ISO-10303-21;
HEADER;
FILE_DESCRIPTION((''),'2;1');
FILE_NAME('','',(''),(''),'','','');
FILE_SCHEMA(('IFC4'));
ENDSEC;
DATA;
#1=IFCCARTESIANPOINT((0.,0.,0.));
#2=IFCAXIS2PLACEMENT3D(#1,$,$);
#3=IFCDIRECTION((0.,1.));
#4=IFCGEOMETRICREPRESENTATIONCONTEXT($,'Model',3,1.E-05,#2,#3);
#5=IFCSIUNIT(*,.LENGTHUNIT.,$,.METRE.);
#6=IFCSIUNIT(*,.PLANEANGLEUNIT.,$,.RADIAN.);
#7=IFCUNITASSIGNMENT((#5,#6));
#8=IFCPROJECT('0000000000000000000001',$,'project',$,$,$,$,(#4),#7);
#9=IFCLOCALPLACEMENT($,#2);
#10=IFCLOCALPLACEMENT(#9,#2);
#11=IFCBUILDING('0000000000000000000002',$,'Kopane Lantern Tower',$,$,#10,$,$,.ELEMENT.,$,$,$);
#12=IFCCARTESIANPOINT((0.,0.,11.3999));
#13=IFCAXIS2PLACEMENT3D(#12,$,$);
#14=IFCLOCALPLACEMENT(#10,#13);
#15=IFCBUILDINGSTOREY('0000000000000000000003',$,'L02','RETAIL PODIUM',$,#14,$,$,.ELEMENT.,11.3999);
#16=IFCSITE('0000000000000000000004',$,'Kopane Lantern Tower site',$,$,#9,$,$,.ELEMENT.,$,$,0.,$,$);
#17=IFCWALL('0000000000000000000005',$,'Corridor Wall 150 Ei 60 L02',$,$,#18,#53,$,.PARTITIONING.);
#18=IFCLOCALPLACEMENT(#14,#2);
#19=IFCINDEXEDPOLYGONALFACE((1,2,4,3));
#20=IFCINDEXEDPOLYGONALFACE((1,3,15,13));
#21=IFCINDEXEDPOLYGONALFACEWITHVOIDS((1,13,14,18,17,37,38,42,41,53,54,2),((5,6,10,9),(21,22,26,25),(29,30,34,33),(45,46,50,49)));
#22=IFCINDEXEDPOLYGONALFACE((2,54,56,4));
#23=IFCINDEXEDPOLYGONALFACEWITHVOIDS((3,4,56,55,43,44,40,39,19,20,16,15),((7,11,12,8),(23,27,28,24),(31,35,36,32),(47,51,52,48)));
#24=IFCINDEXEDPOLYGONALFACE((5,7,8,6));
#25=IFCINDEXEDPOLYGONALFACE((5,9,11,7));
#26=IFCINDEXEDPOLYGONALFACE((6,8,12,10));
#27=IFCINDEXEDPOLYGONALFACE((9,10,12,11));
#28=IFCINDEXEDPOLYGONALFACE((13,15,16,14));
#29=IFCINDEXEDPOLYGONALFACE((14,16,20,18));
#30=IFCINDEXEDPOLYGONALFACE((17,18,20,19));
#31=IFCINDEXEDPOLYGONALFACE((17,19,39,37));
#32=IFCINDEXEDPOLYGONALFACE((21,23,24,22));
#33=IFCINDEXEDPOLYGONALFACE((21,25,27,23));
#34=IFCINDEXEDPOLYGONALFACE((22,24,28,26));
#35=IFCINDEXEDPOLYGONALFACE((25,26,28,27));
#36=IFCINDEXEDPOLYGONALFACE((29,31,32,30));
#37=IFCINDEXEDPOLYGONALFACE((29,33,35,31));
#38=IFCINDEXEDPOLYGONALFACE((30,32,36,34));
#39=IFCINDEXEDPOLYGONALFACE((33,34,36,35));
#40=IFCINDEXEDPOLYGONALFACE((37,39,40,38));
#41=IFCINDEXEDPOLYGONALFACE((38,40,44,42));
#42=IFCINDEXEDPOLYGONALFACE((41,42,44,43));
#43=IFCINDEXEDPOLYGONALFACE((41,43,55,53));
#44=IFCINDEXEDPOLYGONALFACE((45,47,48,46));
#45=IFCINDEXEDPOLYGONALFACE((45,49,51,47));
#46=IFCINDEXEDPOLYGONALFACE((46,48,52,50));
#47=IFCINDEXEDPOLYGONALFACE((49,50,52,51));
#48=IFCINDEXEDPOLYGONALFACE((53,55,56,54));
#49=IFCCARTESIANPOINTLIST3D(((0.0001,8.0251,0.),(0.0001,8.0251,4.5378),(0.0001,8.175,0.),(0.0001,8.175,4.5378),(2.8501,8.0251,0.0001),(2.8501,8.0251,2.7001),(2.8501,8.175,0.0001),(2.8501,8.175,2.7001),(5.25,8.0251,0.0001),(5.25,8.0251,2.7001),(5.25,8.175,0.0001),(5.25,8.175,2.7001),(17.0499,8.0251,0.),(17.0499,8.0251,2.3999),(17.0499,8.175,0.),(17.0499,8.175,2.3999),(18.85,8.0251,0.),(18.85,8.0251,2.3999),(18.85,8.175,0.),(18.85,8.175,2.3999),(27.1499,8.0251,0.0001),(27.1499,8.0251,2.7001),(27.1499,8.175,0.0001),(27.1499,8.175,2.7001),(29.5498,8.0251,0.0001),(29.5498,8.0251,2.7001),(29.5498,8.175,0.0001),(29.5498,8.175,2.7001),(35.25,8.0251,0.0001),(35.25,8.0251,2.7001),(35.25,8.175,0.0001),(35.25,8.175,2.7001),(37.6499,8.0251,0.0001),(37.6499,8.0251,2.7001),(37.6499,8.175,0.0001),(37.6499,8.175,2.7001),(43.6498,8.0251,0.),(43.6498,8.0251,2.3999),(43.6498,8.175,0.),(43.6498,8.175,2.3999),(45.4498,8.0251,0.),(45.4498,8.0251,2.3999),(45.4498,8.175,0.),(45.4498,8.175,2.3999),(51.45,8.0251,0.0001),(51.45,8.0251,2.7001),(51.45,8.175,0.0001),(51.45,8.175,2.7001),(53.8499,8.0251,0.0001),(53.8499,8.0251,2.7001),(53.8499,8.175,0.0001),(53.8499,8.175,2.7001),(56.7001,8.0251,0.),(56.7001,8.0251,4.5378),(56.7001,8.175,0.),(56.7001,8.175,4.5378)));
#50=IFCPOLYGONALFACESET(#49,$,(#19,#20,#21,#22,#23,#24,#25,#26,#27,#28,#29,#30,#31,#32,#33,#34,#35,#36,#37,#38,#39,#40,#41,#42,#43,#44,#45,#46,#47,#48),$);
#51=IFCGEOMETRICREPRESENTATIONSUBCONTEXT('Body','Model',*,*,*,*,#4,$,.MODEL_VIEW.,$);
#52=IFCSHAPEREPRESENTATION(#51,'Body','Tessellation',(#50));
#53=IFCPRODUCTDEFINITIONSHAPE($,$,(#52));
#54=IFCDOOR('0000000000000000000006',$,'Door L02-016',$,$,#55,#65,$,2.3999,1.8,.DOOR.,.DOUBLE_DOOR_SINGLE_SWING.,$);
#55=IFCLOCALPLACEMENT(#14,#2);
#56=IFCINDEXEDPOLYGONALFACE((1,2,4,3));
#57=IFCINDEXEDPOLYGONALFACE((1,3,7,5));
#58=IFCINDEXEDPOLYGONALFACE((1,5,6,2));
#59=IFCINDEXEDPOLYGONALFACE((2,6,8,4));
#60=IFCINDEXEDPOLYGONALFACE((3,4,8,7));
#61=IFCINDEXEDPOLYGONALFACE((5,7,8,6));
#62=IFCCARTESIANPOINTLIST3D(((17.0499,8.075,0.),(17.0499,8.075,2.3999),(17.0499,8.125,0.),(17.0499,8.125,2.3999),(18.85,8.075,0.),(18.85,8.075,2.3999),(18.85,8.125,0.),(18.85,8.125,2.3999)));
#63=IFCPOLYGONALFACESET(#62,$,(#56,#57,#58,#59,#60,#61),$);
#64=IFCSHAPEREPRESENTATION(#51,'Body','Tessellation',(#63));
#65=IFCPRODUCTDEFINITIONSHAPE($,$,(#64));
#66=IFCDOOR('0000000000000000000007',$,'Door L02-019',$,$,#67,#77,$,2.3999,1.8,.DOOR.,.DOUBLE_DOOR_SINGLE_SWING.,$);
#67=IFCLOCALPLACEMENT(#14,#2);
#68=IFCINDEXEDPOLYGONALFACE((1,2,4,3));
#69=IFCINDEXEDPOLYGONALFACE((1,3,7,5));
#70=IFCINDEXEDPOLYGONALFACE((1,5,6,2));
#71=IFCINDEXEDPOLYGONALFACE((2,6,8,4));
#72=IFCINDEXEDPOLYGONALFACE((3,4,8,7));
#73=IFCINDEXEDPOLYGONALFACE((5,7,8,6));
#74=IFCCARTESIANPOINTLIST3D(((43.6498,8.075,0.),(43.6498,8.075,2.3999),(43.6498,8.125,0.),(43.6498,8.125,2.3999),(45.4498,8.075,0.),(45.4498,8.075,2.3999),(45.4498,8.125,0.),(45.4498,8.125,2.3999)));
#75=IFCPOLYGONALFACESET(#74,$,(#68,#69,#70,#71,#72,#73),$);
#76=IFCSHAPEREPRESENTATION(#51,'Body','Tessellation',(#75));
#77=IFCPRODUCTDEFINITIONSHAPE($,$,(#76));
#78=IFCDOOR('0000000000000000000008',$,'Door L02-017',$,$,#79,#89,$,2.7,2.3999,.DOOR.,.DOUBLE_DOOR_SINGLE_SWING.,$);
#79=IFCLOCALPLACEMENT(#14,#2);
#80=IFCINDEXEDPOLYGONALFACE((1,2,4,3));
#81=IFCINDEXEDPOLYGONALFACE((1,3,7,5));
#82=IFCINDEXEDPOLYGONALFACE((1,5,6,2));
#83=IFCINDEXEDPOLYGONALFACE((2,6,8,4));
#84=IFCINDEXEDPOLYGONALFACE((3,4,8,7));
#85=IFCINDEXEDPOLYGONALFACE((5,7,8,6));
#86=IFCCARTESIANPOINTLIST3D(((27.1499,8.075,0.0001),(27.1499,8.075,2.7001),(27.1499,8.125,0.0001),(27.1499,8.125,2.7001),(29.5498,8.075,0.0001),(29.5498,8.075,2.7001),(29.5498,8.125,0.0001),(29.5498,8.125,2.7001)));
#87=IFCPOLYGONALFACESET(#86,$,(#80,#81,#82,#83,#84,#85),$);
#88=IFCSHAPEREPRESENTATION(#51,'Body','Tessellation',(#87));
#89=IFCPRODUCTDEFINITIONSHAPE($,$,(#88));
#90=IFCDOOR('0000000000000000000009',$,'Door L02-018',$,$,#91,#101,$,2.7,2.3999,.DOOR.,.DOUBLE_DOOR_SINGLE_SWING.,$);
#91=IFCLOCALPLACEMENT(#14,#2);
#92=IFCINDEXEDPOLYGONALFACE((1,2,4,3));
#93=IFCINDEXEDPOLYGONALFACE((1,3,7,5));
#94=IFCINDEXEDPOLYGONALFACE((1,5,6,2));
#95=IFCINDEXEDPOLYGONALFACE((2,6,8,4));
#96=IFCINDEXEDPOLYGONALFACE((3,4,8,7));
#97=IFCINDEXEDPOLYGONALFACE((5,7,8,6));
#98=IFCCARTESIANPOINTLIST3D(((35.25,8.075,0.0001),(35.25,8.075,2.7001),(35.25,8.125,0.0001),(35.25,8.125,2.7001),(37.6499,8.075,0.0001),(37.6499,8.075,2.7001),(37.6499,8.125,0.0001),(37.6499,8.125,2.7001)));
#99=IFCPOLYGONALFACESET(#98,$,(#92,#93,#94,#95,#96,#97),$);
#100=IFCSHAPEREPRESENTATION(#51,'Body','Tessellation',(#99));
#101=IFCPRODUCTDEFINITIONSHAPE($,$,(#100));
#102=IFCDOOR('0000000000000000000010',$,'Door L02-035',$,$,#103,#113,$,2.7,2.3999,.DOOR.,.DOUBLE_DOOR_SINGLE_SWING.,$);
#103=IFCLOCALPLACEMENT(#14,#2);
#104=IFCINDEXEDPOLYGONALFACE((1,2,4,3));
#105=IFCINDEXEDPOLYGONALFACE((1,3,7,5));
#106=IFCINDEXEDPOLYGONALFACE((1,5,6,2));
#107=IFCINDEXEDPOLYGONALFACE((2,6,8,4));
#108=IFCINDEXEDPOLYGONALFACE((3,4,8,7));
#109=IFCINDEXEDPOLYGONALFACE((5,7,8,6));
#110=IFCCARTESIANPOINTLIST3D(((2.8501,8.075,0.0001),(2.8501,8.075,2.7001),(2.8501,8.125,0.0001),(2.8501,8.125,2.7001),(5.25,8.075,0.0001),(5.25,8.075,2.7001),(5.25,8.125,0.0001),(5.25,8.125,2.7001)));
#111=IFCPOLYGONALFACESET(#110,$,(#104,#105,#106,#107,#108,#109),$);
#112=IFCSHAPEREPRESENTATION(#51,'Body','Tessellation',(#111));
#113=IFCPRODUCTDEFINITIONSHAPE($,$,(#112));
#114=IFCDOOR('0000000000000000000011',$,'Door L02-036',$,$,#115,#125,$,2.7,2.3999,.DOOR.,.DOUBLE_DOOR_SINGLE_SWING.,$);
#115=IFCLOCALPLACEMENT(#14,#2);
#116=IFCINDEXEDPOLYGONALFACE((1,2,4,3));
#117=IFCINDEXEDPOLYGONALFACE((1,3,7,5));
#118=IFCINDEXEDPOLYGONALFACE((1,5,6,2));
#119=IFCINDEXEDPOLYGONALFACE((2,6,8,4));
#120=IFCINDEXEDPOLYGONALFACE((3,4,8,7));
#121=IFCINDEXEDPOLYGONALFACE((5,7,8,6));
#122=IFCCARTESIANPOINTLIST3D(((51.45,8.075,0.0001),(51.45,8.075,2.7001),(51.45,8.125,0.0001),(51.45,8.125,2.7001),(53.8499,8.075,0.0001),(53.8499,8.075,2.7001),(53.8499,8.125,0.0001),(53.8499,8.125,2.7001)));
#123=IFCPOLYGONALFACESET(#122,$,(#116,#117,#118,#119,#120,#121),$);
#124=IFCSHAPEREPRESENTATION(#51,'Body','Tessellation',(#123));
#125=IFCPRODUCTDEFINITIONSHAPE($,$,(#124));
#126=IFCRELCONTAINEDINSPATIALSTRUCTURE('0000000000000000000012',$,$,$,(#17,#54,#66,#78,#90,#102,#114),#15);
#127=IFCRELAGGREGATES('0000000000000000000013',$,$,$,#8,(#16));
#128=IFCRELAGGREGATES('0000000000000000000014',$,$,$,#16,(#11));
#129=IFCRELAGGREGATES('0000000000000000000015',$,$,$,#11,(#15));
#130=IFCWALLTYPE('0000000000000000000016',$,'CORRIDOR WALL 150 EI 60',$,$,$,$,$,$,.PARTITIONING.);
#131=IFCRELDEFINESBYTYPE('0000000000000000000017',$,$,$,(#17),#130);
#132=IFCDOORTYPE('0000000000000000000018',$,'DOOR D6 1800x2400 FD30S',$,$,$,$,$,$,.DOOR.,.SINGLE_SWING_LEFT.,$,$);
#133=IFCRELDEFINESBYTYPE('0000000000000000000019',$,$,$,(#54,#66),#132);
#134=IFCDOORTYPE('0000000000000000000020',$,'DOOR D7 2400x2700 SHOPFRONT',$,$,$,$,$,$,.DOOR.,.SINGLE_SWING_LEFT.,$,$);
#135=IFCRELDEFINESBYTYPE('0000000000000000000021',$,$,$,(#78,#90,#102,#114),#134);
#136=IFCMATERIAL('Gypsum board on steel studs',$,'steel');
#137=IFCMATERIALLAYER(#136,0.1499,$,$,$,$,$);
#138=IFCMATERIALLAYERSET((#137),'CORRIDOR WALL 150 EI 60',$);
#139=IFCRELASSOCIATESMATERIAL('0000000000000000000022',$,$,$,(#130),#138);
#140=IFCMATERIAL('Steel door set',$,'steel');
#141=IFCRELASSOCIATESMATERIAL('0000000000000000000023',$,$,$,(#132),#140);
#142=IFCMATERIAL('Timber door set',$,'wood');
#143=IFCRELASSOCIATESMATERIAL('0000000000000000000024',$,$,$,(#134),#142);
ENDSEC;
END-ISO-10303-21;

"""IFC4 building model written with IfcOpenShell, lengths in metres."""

from ifc_helpers import new_model, si_unit, direction, frame, frame_2d, origin, place, context, subcontext, project, spatial, rectangle, extrude, material, layer, layer_set, type_object, element, fill, save


model = new_model("IFC4")

# Units and contexts
model_context = context("Model", 3, precision=1e-05, world=origin(), true_north=direction((0.0, 1.0)))
body_context = subcontext(model_context, "Body", "Model", "MODEL_VIEW")
ifc_project = project(units=[si_unit("LENGTHUNIT", "METRE"), si_unit("PLANEANGLEUNIT", "RADIAN")], contexts=[model_context])

# Site, building, storey
site_placement = place(None, origin())
site = spatial("IfcSite", under=ifc_project, at=site_placement, Name="Kopane Lantern Tower site", CompositionType="ELEMENT", RefElevation=0.0)
building_placement = place(site_placement, origin())
building = spatial("IfcBuilding", under=site, at=building_placement, Name="Kopane Lantern Tower", CompositionType="ELEMENT")
storey_placement = place(building_placement, frame((0.0, 0.0, 11.3999)))
storey = spatial("IfcBuildingStorey", under=building, at=storey_placement, Name="L02", Description="RETAIL PODIUM", CompositionType="ELEMENT", Elevation=11.3999)

# Wall, openings, doors
ifc_material_1 = material(Name="Gypsum board on steel studs", Category="steel")
ifc_layer_1 = layer(ifc_material_1, 0.1499)
ifc_layer_set_1 = layer_set([ifc_layer_1], Name="CORRIDOR WALL 150 EI 60")
wall_type_1 = type_object("IfcWallType", Name="CORRIDOR WALL 150 EI 60", PredefinedType="PARTITIONING", material=ifc_layer_set_1)
wall_1_placement = place(storey_placement, frame((0.0, 8.1001, 0.0), z_axis=(0.0, 0.0, 1.0), x_axis=(1.0, 0.0, 0.0)))
wall_1 = element("IfcWall", 1, at=wall_1_placement, inside=storey, type_object=wall_type_1, Name="Corridor Wall 150 Ei 60 L02", PredefinedType="PARTITIONING", context=body_context, shape_type="SweptSolid", body=[
    extrude(rectangle(XDim=56.7, YDim=0.1499, at=frame_2d((28.3501, 0.0))), origin(), (0.0, 0.0, 1.0), 4.5378),
])
opening_1_placement = place(wall_1_placement, frame((17.05, 0.0, 0.0)))
opening_1 = element("IfcOpeningElement", 2, at=opening_1_placement, cuts=wall_1, PredefinedType="OPENING", context=body_context, shape_type="SweptSolid", body=[
    extrude(rectangle(XDim=1.8, YDim=2.3999, at=frame_2d((0.8999, 1.2))), frame((0.0, 0.085, 0.0), z_axis=(0.0, -1.0, 0.0), x_axis=(1.0, 0.0, 0.0)), (0.0, 0.0, 1.0), 0.1699),
])
opening_2_placement = place(wall_1_placement, frame((27.1499, 0.0, 0.0)))
opening_2 = element("IfcOpeningElement", 3, at=opening_2_placement, cuts=wall_1, PredefinedType="OPENING", context=body_context, shape_type="SweptSolid", body=[
    extrude(rectangle(XDim=2.3999, YDim=2.7, at=frame_2d((1.2, 1.3501))), frame((0.0, 0.085, 0.0), z_axis=(0.0, -1.0, 0.0), x_axis=(1.0, 0.0, 0.0)), (0.0, 0.0, 1.0), 0.1699),
])
opening_3_placement = place(wall_1_placement, frame((35.25, 0.0, 0.0)))
opening_3 = element("IfcOpeningElement", 4, at=opening_3_placement, cuts=wall_1, PredefinedType="OPENING", context=body_context, shape_type="SweptSolid", body=[
    extrude(rectangle(XDim=2.3999, YDim=2.7, at=frame_2d((1.2, 1.3501))), frame((0.0, 0.085, 0.0), z_axis=(0.0, -1.0, 0.0), x_axis=(1.0, 0.0, 0.0)), (0.0, 0.0, 1.0), 0.1699),
])
opening_4_placement = place(wall_1_placement, frame((43.6499, 0.0, 0.0)))
opening_4 = element("IfcOpeningElement", 5, at=opening_4_placement, cuts=wall_1, PredefinedType="OPENING", context=body_context, shape_type="SweptSolid", body=[
    extrude(rectangle(XDim=1.8, YDim=2.3999, at=frame_2d((0.8999, 1.2))), frame((0.0, 0.085, 0.0), z_axis=(0.0, -1.0, 0.0), x_axis=(1.0, 0.0, 0.0)), (0.0, 0.0, 1.0), 0.1699),
])
opening_5_placement = place(wall_1_placement, frame((2.8501, 0.0, 0.0)))
opening_5 = element("IfcOpeningElement", 6, at=opening_5_placement, cuts=wall_1, PredefinedType="OPENING", context=body_context, shape_type="SweptSolid", body=[
    extrude(rectangle(XDim=2.3999, YDim=2.7, at=frame_2d((1.2, 1.3501))), frame((0.0, 0.085, 0.0), z_axis=(0.0, -1.0, 0.0), x_axis=(1.0, 0.0, 0.0)), (0.0, 0.0, 1.0), 0.1699),
])
opening_6_placement = place(wall_1_placement, frame((51.45, 0.0, 0.0)))
opening_6 = element("IfcOpeningElement", 7, at=opening_6_placement, cuts=wall_1, PredefinedType="OPENING", context=body_context, shape_type="SweptSolid", body=[
    extrude(rectangle(XDim=2.3999, YDim=2.7, at=frame_2d((1.2, 1.3501))), frame((0.0, 0.085, 0.0), z_axis=(0.0, -1.0, 0.0), x_axis=(1.0, 0.0, 0.0)), (0.0, 0.0, 1.0), 0.1699),
])
ifc_material_2 = material(Name="Steel door set", Category="steel")
door_type_1 = type_object("IfcDoorType", Name="DOOR D6 1800x2400 FD30S", OperationType="SINGLE_SWING_LEFT", PredefinedType="DOOR", material=ifc_material_2)
door_1_placement = place(opening_1_placement, origin())
door_1 = element("IfcDoor", 8, at=door_1_placement, inside=storey, type_object=door_type_1, Name="Door L02-016", OperationType="DOUBLE_DOOR_SINGLE_SWING", OverallHeight=2.3999, OverallWidth=1.8, PredefinedType="DOOR", context=body_context, shape_type="SweptSolid", body=[
    extrude(rectangle(XDim=1.8, YDim=2.3999, at=frame_2d((0.8999, 1.2))), frame((0.0, 0.0249, 0.0), z_axis=(0.0, -1.0, 0.0), x_axis=(1.0, 0.0, 0.0)), (0.0, 0.0, 1.0), 0.05),
])
fill(opening_1, door_1)
door_2_placement = place(opening_4_placement, origin())
door_2 = element("IfcDoor", 9, at=door_2_placement, inside=storey, type_object=door_type_1, Name="Door L02-019", OperationType="DOUBLE_DOOR_SINGLE_SWING", OverallHeight=2.3999, OverallWidth=1.8, PredefinedType="DOOR", context=body_context, shape_type="SweptSolid", body=[
    extrude(rectangle(XDim=1.8, YDim=2.3999, at=frame_2d((0.8999, 1.2))), frame((0.0, 0.0249, 0.0), z_axis=(0.0, -1.0, 0.0), x_axis=(1.0, 0.0, 0.0)), (0.0, 0.0, 1.0), 0.05),
])
fill(opening_4, door_2)
ifc_material_3 = material(Name="Timber door set", Category="wood")
door_type_2 = type_object("IfcDoorType", Name="DOOR D7 2400x2700 SHOPFRONT", OperationType="SINGLE_SWING_LEFT", PredefinedType="DOOR", material=ifc_material_3)
door_3_placement = place(opening_2_placement, origin())
door_3 = element("IfcDoor", 10, at=door_3_placement, inside=storey, type_object=door_type_2, Name="Door L02-017", OperationType="DOUBLE_DOOR_SINGLE_SWING", OverallHeight=2.7, OverallWidth=2.3999, PredefinedType="DOOR", context=body_context, shape_type="SweptSolid", body=[
    extrude(rectangle(XDim=2.3999, YDim=2.7, at=frame_2d((1.2, 1.3501))), frame((0.0, 0.0249, 0.0), z_axis=(0.0, -1.0, 0.0), x_axis=(1.0, 0.0, 0.0)), (0.0, 0.0, 1.0), 0.05),
])
fill(opening_2, door_3)
door_4_placement = place(opening_3_placement, origin())
door_4 = element("IfcDoor", 11, at=door_4_placement, inside=storey, type_object=door_type_2, Name="Door L02-018", OperationType="DOUBLE_DOOR_SINGLE_SWING", OverallHeight=2.7, OverallWidth=2.3999, PredefinedType="DOOR", context=body_context, shape_type="SweptSolid", body=[
    extrude(rectangle(XDim=2.3999, YDim=2.7, at=frame_2d((1.2, 1.3501))), frame((0.0, 0.0249, 0.0), z_axis=(0.0, -1.0, 0.0), x_axis=(1.0, 0.0, 0.0)), (0.0, 0.0, 1.0), 0.05),
])
fill(opening_3, door_4)
door_5_placement = place(opening_5_placement, origin())
door_5 = element("IfcDoor", 12, at=door_5_placement, inside=storey, type_object=door_type_2, Name="Door L02-035", OperationType="DOUBLE_DOOR_SINGLE_SWING", OverallHeight=2.7, OverallWidth=2.3999, PredefinedType="DOOR", context=body_context, shape_type="SweptSolid", body=[
    extrude(rectangle(XDim=2.3999, YDim=2.7, at=frame_2d((1.2, 1.3501))), frame((0.0, 0.0249, 0.0), z_axis=(0.0, -1.0, 0.0), x_axis=(1.0, 0.0, 0.0)), (0.0, 0.0, 1.0), 0.05),
])
fill(opening_5, door_5)
door_6_placement = place(opening_6_placement, origin())
door_6 = element("IfcDoor", 13, at=door_6_placement, inside=storey, type_object=door_type_2, Name="Door L02-036", OperationType="DOUBLE_DOOR_SINGLE_SWING", OverallHeight=2.7, OverallWidth=2.3999, PredefinedType="DOOR", context=body_context, shape_type="SweptSolid", body=[
    extrude(rectangle(XDim=2.3999, YDim=2.7, at=frame_2d((1.2, 1.3501))), frame((0.0, 0.0249, 0.0), z_axis=(0.0, -1.0, 0.0), x_axis=(1.0, 0.0, 0.0)), (0.0, 0.0, 1.0), 0.05),
])
fill(opening_6, door_6)

save(model, "model.ifc")
